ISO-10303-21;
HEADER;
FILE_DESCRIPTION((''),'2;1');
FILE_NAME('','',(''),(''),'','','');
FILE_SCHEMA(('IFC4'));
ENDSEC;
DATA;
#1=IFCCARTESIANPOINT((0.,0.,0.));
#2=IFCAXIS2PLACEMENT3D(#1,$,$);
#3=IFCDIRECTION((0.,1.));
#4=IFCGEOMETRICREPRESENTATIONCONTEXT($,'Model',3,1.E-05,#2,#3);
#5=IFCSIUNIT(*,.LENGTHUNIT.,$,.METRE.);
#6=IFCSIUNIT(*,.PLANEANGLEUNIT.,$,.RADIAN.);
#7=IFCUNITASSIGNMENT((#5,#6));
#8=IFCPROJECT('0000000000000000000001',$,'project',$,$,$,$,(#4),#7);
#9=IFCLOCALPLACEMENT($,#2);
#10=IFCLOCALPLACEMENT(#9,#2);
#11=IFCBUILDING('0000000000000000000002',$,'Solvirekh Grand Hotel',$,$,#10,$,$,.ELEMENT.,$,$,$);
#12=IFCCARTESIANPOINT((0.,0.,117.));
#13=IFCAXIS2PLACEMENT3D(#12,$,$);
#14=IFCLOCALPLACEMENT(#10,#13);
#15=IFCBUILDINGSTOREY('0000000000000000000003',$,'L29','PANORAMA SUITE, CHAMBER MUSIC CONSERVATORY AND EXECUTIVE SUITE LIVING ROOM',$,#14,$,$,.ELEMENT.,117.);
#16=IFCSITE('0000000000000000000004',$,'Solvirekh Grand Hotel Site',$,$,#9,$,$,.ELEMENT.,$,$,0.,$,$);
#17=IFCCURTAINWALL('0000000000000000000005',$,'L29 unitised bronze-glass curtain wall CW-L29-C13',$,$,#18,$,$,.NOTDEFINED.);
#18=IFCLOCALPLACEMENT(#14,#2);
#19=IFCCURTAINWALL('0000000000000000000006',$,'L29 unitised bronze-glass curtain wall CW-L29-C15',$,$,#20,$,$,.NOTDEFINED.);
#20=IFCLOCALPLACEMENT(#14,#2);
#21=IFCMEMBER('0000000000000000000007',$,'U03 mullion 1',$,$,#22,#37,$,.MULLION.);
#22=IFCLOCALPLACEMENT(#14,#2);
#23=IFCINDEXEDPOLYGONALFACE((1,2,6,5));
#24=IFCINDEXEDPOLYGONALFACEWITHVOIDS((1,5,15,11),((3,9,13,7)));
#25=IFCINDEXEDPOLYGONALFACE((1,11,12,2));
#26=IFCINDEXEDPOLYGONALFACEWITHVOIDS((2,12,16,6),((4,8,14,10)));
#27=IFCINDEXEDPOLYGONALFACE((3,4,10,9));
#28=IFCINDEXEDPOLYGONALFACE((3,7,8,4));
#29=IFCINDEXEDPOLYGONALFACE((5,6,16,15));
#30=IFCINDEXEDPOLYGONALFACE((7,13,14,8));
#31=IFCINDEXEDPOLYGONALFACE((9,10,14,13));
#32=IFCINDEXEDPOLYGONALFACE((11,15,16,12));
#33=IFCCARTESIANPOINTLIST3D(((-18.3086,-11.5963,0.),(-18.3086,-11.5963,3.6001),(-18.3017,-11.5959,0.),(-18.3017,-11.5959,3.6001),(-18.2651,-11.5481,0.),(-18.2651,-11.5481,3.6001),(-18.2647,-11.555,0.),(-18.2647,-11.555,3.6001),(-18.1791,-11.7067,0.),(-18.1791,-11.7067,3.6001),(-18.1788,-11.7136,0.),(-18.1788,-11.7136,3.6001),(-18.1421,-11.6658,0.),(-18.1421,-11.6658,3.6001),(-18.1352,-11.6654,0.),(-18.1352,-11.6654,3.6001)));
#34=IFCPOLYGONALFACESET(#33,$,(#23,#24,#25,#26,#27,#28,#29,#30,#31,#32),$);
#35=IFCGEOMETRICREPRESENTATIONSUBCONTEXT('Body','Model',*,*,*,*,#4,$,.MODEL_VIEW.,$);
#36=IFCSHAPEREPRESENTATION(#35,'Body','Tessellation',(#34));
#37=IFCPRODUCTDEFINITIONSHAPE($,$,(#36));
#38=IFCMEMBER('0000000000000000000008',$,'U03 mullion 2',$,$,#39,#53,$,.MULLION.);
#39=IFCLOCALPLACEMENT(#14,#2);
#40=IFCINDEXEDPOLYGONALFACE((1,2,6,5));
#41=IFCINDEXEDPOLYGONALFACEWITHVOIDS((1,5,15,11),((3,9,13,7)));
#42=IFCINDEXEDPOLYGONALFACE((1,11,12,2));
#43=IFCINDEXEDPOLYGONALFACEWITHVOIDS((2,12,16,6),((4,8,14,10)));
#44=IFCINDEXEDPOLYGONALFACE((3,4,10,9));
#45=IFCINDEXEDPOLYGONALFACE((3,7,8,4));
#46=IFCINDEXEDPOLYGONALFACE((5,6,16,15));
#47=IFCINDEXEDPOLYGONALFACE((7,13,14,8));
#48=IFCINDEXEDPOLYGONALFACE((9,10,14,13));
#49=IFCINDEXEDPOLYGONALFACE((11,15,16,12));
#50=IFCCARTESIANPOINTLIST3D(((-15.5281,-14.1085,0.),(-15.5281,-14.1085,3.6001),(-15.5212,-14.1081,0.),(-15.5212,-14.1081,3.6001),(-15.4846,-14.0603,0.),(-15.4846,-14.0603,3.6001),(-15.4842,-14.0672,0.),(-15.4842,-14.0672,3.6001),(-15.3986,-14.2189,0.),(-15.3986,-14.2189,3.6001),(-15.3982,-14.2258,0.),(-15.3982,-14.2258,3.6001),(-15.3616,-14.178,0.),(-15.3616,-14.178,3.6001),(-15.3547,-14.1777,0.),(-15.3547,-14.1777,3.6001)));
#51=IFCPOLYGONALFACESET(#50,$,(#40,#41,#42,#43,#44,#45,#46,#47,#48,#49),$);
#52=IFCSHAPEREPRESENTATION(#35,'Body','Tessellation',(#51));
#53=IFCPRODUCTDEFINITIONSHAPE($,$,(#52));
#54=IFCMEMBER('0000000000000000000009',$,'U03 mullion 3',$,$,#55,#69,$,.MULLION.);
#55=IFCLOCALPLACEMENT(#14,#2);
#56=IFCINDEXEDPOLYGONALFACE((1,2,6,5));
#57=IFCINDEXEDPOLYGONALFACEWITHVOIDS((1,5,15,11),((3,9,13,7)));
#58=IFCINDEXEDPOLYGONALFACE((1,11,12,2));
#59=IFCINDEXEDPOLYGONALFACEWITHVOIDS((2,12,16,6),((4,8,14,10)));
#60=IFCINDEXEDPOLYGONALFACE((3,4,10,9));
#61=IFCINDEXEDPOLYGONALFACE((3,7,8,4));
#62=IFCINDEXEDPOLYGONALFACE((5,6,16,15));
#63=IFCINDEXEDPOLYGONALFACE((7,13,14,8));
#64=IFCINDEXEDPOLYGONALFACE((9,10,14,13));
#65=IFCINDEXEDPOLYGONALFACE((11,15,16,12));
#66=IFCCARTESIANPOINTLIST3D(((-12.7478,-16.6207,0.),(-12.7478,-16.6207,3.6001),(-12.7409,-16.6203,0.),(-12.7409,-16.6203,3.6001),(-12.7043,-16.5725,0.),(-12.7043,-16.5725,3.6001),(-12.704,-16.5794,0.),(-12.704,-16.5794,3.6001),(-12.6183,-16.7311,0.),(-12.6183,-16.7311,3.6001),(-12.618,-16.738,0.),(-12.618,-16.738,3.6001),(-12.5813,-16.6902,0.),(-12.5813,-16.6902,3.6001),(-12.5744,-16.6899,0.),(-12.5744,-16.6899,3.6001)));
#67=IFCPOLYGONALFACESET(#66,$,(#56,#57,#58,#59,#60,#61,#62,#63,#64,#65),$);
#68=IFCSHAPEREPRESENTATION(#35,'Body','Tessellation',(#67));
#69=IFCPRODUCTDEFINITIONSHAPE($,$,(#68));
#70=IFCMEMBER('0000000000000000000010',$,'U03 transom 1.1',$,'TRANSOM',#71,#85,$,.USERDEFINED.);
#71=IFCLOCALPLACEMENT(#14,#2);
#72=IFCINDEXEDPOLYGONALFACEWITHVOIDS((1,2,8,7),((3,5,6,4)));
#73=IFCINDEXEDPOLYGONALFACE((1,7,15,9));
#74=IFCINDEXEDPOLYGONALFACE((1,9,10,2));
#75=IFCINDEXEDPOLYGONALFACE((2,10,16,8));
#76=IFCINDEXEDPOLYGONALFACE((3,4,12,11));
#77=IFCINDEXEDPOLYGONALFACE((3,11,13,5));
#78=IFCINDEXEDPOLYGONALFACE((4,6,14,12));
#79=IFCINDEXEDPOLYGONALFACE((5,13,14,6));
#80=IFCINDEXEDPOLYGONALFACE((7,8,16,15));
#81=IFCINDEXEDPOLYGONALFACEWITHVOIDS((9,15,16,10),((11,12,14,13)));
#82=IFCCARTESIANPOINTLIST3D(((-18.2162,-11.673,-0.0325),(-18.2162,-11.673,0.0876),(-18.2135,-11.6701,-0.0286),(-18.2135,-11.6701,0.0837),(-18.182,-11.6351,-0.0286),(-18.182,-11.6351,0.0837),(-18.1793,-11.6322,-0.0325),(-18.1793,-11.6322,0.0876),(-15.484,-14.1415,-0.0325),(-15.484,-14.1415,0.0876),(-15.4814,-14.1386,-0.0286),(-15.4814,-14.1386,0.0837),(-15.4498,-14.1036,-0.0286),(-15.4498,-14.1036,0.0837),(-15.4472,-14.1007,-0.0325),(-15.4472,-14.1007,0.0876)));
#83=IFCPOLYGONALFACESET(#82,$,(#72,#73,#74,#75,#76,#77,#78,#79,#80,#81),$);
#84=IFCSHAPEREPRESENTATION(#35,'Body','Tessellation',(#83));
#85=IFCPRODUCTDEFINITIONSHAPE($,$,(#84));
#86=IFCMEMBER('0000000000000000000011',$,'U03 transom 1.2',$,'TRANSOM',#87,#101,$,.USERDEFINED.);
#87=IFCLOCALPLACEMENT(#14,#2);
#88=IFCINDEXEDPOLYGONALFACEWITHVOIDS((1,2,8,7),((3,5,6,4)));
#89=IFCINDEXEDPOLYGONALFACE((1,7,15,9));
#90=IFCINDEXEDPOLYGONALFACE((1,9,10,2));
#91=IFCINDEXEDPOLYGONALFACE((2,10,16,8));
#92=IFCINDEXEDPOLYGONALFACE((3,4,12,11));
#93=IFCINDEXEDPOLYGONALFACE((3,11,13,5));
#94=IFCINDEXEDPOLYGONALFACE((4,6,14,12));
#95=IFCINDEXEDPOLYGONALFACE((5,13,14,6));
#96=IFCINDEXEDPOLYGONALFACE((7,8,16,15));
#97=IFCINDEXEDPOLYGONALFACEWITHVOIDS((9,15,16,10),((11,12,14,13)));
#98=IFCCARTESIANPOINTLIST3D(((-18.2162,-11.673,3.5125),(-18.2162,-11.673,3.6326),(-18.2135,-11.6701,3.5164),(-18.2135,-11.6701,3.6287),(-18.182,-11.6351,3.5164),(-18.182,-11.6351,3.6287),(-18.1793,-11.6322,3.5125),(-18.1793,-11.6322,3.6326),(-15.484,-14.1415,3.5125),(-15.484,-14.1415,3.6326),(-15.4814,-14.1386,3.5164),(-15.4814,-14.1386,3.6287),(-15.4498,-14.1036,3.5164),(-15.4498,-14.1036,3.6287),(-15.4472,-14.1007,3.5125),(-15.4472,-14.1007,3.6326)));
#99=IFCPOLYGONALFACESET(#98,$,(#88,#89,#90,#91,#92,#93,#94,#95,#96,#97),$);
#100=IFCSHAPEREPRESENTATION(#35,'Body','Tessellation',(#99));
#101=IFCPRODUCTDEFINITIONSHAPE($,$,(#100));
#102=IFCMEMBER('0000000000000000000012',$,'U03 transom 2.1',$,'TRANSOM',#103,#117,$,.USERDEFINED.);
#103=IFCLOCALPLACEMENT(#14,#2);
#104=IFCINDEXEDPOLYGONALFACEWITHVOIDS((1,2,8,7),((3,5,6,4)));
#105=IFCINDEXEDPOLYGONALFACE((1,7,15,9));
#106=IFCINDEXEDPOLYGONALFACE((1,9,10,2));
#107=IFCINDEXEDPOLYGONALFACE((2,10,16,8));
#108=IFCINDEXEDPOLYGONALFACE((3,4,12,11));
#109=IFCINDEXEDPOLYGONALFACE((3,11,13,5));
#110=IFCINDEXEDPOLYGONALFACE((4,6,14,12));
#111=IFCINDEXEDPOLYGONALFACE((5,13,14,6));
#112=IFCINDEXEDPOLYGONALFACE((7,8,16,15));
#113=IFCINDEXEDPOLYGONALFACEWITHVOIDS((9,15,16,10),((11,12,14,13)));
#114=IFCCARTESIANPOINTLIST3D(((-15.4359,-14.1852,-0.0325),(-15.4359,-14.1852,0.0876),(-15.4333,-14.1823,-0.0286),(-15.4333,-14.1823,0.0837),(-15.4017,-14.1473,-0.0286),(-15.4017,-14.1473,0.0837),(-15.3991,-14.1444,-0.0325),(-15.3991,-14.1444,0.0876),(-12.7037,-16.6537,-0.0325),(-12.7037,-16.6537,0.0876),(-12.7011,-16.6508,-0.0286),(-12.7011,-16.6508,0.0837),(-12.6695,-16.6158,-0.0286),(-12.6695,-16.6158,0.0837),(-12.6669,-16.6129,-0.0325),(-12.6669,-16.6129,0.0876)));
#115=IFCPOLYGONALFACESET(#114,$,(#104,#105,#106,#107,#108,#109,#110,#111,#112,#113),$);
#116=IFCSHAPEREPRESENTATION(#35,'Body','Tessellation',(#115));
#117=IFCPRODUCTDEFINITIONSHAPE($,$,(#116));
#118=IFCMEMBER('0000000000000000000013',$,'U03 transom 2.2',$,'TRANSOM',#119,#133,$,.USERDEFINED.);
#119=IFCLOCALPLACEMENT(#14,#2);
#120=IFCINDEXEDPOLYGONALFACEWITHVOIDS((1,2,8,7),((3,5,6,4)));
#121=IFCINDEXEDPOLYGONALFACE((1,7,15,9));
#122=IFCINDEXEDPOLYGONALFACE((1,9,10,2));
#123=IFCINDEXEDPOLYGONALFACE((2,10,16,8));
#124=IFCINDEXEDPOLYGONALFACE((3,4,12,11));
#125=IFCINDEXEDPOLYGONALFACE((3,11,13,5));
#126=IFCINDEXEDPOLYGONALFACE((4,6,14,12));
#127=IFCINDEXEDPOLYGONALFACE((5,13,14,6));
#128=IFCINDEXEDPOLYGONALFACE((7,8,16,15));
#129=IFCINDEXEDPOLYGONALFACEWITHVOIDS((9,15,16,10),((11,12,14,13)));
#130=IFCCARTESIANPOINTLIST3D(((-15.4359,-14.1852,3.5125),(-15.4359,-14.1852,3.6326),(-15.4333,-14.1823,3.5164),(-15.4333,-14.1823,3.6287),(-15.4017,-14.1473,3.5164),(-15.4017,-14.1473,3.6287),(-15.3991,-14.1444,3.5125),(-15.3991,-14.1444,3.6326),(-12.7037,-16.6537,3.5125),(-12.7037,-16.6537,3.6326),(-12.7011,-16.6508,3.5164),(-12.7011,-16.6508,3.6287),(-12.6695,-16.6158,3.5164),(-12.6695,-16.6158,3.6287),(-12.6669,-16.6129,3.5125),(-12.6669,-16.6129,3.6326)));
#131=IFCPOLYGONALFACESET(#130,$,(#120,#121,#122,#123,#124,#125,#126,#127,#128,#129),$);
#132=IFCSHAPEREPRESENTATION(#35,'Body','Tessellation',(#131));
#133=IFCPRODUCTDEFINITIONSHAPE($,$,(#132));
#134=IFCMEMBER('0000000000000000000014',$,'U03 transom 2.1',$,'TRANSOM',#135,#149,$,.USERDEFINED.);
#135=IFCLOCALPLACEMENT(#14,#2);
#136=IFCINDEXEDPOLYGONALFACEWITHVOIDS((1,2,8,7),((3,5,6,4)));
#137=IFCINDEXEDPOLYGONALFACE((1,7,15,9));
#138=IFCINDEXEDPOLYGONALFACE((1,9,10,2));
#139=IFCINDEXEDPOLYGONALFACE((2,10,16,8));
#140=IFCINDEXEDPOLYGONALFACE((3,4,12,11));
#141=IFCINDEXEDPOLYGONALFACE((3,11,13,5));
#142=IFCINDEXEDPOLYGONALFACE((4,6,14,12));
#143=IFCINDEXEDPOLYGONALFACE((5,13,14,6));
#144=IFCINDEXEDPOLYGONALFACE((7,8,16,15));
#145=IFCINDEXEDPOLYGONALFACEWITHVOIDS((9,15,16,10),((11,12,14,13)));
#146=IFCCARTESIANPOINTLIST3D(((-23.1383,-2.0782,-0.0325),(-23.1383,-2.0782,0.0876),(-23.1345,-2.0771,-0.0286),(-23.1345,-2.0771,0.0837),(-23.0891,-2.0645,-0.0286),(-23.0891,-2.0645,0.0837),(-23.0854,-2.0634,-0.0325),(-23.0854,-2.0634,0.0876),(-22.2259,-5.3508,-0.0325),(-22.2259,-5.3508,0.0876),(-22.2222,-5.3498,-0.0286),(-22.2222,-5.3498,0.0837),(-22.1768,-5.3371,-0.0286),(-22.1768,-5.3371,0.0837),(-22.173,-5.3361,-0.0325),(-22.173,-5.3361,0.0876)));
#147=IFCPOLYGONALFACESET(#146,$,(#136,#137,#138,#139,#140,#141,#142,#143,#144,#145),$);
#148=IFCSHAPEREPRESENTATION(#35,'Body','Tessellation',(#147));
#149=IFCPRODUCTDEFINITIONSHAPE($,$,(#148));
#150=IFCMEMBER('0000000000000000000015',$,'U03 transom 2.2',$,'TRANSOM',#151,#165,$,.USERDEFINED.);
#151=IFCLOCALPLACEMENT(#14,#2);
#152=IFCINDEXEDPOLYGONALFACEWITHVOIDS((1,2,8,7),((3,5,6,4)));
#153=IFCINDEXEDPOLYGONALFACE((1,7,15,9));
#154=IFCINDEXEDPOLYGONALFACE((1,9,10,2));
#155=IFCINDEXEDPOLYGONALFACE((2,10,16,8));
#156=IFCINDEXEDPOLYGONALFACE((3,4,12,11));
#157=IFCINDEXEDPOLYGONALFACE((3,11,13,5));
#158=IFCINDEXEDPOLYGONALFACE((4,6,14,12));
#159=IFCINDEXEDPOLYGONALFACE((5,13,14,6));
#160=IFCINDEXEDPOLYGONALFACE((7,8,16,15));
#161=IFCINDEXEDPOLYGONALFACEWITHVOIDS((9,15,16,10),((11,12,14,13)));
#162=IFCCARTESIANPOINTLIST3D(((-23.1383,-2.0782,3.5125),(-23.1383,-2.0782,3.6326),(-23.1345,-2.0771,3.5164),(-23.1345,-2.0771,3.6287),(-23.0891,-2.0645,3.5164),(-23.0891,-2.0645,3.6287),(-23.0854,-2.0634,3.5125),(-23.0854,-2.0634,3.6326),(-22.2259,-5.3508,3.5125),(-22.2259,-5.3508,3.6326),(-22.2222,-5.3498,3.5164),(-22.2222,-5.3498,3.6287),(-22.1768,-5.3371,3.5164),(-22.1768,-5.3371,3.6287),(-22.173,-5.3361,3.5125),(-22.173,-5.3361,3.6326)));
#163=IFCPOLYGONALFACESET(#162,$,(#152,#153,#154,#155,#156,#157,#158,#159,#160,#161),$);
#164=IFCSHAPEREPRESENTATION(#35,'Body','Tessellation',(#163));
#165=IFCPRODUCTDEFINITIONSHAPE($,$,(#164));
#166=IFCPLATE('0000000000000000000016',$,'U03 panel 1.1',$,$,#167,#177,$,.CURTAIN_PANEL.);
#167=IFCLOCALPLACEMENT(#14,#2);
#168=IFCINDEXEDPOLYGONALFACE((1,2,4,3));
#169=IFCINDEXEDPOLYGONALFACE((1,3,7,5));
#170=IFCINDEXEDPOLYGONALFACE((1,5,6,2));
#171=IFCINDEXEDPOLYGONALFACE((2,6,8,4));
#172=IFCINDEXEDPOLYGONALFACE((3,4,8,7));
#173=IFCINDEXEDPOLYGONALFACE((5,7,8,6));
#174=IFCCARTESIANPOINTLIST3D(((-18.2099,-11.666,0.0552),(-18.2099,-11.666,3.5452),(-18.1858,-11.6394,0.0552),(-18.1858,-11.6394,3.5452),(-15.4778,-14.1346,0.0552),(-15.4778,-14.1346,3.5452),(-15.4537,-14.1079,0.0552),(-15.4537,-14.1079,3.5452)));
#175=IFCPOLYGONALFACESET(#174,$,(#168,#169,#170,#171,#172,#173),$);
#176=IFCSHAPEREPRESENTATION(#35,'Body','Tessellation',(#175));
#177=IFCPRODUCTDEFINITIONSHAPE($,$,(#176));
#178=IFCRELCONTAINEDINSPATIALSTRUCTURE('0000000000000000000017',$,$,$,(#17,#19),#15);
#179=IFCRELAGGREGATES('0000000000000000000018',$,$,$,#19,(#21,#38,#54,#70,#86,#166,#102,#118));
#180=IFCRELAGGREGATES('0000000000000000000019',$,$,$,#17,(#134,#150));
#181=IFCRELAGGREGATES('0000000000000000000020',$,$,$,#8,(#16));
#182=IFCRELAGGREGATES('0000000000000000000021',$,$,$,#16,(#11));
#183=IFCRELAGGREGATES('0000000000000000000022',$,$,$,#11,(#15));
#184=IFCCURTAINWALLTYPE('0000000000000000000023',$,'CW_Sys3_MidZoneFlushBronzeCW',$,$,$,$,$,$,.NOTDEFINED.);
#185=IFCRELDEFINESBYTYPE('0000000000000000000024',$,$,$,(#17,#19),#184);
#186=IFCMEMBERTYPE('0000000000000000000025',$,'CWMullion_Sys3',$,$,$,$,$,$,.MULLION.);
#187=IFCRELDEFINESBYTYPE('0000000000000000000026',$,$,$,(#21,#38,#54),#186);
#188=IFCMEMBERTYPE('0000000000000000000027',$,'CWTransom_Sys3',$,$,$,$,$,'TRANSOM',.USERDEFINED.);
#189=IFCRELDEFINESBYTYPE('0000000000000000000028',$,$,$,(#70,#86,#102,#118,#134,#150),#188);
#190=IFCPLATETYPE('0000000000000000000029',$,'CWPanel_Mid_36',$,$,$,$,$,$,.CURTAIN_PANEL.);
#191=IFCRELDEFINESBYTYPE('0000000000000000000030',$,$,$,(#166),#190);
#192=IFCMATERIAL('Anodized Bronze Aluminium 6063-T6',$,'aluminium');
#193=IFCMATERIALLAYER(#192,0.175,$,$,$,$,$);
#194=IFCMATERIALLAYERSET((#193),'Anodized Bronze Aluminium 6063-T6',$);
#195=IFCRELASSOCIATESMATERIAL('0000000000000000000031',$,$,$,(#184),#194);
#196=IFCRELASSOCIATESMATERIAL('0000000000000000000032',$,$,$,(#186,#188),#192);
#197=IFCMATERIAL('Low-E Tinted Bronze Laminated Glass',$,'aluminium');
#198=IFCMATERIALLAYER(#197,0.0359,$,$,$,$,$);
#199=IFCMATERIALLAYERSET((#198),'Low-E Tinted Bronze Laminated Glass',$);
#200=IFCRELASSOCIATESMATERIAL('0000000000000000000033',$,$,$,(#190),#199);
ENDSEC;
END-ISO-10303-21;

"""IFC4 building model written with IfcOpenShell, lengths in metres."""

from ifc_helpers import new_model, si_unit, direction, frame, origin, origin_2d, place, context, subcontext, project, spatial, rectangle, hollow_rectangle, extrude, source, transform, mapped, material, layer, layer_set, material_profile, profile_set, type_object, element, aggregate, save


model = new_model("IFC4")

# Units and contexts
model_context = context("Model", 3, precision=1e-05, world=origin(), true_north=direction((0.0, 1.0)))
body_context = subcontext(model_context, "Body", "Model", "MODEL_VIEW")
ifc_project = project(units=[si_unit("LENGTHUNIT", "METRE"), si_unit("PLANEANGLEUNIT", "RADIAN")], contexts=[model_context])

# Site, building, storey
site_placement = place(None, origin())
site = spatial("IfcSite", under=ifc_project, at=site_placement, Name="Solvirekh Grand Hotel Site", CompositionType="ELEMENT", RefElevation=0.0)
building_placement = place(site_placement, origin())
building = spatial("IfcBuilding", under=site, at=building_placement, Name="Solvirekh Grand Hotel", CompositionType="ELEMENT")
storey_placement = place(building_placement, frame((0.0, 0.0, 117.0)))
storey = spatial("IfcBuildingStorey", under=building, at=storey_placement, Name="L29", Description="PANORAMA SUITE, CHAMBER MUSIC CONSERVATORY AND EXECUTIVE SUITE LIVING ROOM", CompositionType="ELEMENT", Elevation=117.0)

# Curtain walls, members
ifc_material_1 = material(Name="Anodized Bronze Aluminium 6063-T6", Category="aluminium")
ifc_layer_1 = layer(ifc_material_1, 0.175)
ifc_layer_set_1 = layer_set([ifc_layer_1], Name="Anodized Bronze Aluminium 6063-T6")
curtain_wall_type = type_object("IfcCurtainWallType", Name="CW_Sys3_MidZoneFlushBronzeCW", PredefinedType="NOTDEFINED", material=ifc_layer_set_1)
curtain_wall_1_placement = place(storey_placement, origin())
curtain_wall_1 = element("IfcCurtainWall", 1, at=curtain_wall_1_placement, inside=storey, type_object=curtain_wall_type, Name="L29 unitised bronze-glass curtain wall CW-L29-C13", PredefinedType="NOTDEFINED")
ifc_material_profile_1 = material_profile(ifc_material_1, hollow_rectangle(XDim=0.0649, YDim=0.175, WallThickness=0.0049, at=origin_2d()), Name="ALU RHS 175X65X5")
ifc_profile_set_1 = profile_set([ifc_material_profile_1], Name="Anodized Bronze Aluminium 6063-T6")
member_type_1 = type_object("IfcMemberType", Name="CWMullion_Sys3", PredefinedType="MULLION", material=ifc_profile_set_1)
shared_shape_1 = source(origin(), body_context, "Body", "SweptSolid", [
    extrude(hollow_rectangle(XDim=0.0649, YDim=0.175, WallThickness=0.0049, at=origin_2d()), origin(), (0.0, 0.0, 1.0), 3.6001),
])
curtain_wall_2_placement = place(storey_placement, origin())
curtain_wall_2 = element("IfcCurtainWall", 2, at=curtain_wall_2_placement, inside=storey, type_object=curtain_wall_type, Name="L29 unitised bronze-glass curtain wall CW-L29-C15", PredefinedType="NOTDEFINED")
member_1_placement = place(storey_placement, frame((-18.2219, -11.6309, 0.0), z_axis=(0.0, 0.0, 1.0), x_axis=(0.670418, 0.741984, 0.0)))
member_1 = element("IfcMember", 3, at=member_1_placement, type_object=member_type_1, Name="U03 mullion 1", PredefinedType="MULLION", context=body_context, shape_type="MappedRepresentation", body=[
    mapped(shared_shape_1, transform((0.0, 0.0, 0.0), x_axis=(1.0, 0.0, 0.0), y_axis=(0.0, 1.0, 0.0), z_axis=(0.0, 0.0, 1.0), scale=1.0)),
])
member_2_placement = place(storey_placement, frame((-15.4414, -14.1431, 0.0), z_axis=(0.0, 0.0, 1.0), x_axis=(0.670418, 0.741984, 0.0)))
member_2 = element("IfcMember", 4, at=member_2_placement, type_object=member_type_1, Name="U03 mullion 2", PredefinedType="MULLION", context=body_context, shape_type="MappedRepresentation", body=[
    mapped(shared_shape_1, transform((0.0, 0.0, 0.0), x_axis=(1.0, 0.0, 0.0), y_axis=(0.0, 1.0, 0.0), z_axis=(0.0, 0.0, 1.0), scale=1.0)),
])
member_3_placement = place(storey_placement, frame((-12.6611, -16.6553, 0.0), z_axis=(0.0, 0.0, 1.0), x_axis=(0.670418, 0.741984, 0.0)))
member_3 = element("IfcMember", 5, at=member_3_placement, type_object=member_type_1, Name="U03 mullion 3", PredefinedType="MULLION", context=body_context, shape_type="MappedRepresentation", body=[
    mapped(shared_shape_1, transform((0.0, 0.0, 0.0), x_axis=(1.0, 0.0, 0.0), y_axis=(0.0, 1.0, 0.0), z_axis=(0.0, 0.0, 1.0), scale=1.0)),
])
ifc_material_profile_2 = material_profile(ifc_material_1, hollow_rectangle(XDim=0.0549, YDim=0.1201, WallThickness=0.0039, at=origin_2d()), Name="ALU RHS 120X55X4")
ifc_profile_set_2 = profile_set([ifc_material_profile_2], Name="Anodized Bronze Aluminium 6063-T6")
member_type_2 = type_object("IfcMemberType", Name="CWTransom_Sys3", ElementType="TRANSOM", PredefinedType="USERDEFINED", material=ifc_profile_set_2)
shared_shape_2 = source(origin(), body_context, "Body", "SweptSolid", [
    extrude(hollow_rectangle(XDim=0.0549, YDim=0.1201, WallThickness=0.0039, at=origin_2d()), origin(), (0.0, 0.0, 1.0), 3.6821),
])
member_4_placement = place(storey_placement, frame((-18.1978, -11.6526, 0.0276), z_axis=(0.742004, -0.670396, 0.0), x_axis=(0.670396, 0.742004, 0.0)))
member_4 = element("IfcMember", 6, at=member_4_placement, type_object=member_type_2, Name="U03 transom 1.1", ObjectType="TRANSOM", PredefinedType="USERDEFINED", context=body_context, shape_type="MappedRepresentation", body=[
    mapped(shared_shape_2, transform((0.0, 0.0, 0.0), x_axis=(1.0, 0.0, 0.0), y_axis=(0.0, 1.0, 0.0), z_axis=(0.0, 0.0, 1.0), scale=1.0)),
])
member_5_placement = place(storey_placement, frame((-18.1978, -11.6526, 3.5725), z_axis=(0.742004, -0.670396, 0.0), x_axis=(0.670396, 0.742004, 0.0)))
member_5 = element("IfcMember", 7, at=member_5_placement, type_object=member_type_2, Name="U03 transom 1.2", ObjectType="TRANSOM", PredefinedType="USERDEFINED", context=body_context, shape_type="MappedRepresentation", body=[
    mapped(shared_shape_2, transform((0.0, 0.0, 0.0), x_axis=(1.0, 0.0, 0.0), y_axis=(0.0, 1.0, 0.0), z_axis=(0.0, 0.0, 1.0), scale=1.0)),
])
member_6_placement = place(storey_placement, frame((-15.4175, -14.1648, 0.0276), z_axis=(0.742004, -0.670396, 0.0), x_axis=(0.670396, 0.742004, 0.0)))
member_6 = element("IfcMember", 8, at=member_6_placement, type_object=member_type_2, Name="U03 transom 2.1", ObjectType="TRANSOM", PredefinedType="USERDEFINED", context=body_context, shape_type="MappedRepresentation", body=[
    mapped(shared_shape_2, transform((0.0, 0.0, 0.0), x_axis=(1.0, 0.0, 0.0), y_axis=(0.0, 1.0, 0.0), z_axis=(0.0, 0.0, 1.0), scale=1.0)),
])
member_7_placement = place(storey_placement, frame((-15.4175, -14.1648, 3.5725), z_axis=(0.742004, -0.670396, 0.0), x_axis=(0.670396, 0.742004, 0.0)))
member_7 = element("IfcMember", 9, at=member_7_placement, type_object=member_type_2, Name="U03 transom 2.2", ObjectType="TRANSOM", PredefinedType="USERDEFINED", context=body_context, shape_type="MappedRepresentation", body=[
    mapped(shared_shape_2, transform((0.0, 0.0, 0.0), x_axis=(1.0, 0.0, 0.0), y_axis=(0.0, 1.0, 0.0), z_axis=(0.0, 0.0, 1.0), scale=1.0)),
])

# Members
shared_shape_3 = source(origin(), body_context, "Body", "SweptSolid", [
    extrude(hollow_rectangle(XDim=0.0549, YDim=0.1201, WallThickness=0.0039, at=origin_2d()), origin(), (0.0, 0.0, 1.0), 3.3975),
])
member_8_placement = place(storey_placement, frame((-23.1118, -2.0708, 0.0276), z_axis=(0.268537, -0.963269, 0.0), x_axis=(0.963269, 0.268537, 0.0)))
member_8 = element("IfcMember", 10, at=member_8_placement, type_object=member_type_2, Name="U03 transom 2.1", ObjectType="TRANSOM", PredefinedType="USERDEFINED", context=body_context, shape_type="MappedRepresentation", body=[
    mapped(shared_shape_3, transform((0.0, 0.0, 0.0), x_axis=(1.0, 0.0, 0.0), y_axis=(0.0, 1.0, 0.0), z_axis=(0.0, 0.0, 1.0), scale=1.0)),
])
member_9_placement = place(storey_placement, frame((-23.1118, -2.0708, 3.5725), z_axis=(0.268537, -0.963269, 0.0), x_axis=(0.963269, 0.268537, 0.0)))
member_9 = element("IfcMember", 11, at=member_9_placement, type_object=member_type_2, Name="U03 transom 2.2", ObjectType="TRANSOM", PredefinedType="USERDEFINED", context=body_context, shape_type="MappedRepresentation", body=[
    mapped(shared_shape_3, transform((0.0, 0.0, 0.0), x_axis=(1.0, 0.0, 0.0), y_axis=(0.0, 1.0, 0.0), z_axis=(0.0, 0.0, 1.0), scale=1.0)),
])

# Plate
ifc_material_2 = material(Name="Low-E Tinted Bronze Laminated Glass", Category="aluminium")
ifc_layer_2 = layer(ifc_material_2, 0.0359)
ifc_layer_set_2 = layer_set([ifc_layer_2], Name="Low-E Tinted Bronze Laminated Glass")
plate_type = type_object("IfcPlateType", Name="CWPanel_Mid_36", PredefinedType="CURTAIN_PANEL", material=ifc_layer_set_2)
shared_shape_4 = source(origin(), body_context, "Body", "SweptSolid", [
    extrude(rectangle(XDim=3.6821, YDim=0.0359, at=origin_2d()), origin(), (0.0, 0.0, 1.0), 3.49),
])
plate_1_placement = place(storey_placement, frame((-16.8318, -12.887, 0.0552), z_axis=(0.0, 0.0, 1.0), x_axis=(0.741984, -0.670418, 0.0)))
plate_1 = element("IfcPlate", 12, at=plate_1_placement, type_object=plate_type, Name="U03 panel 1.1", PredefinedType="CURTAIN_PANEL", context=body_context, shape_type="MappedRepresentation", body=[
    mapped(shared_shape_4, transform((0.0, 0.0, 0.0), x_axis=(1.0, 0.0, 0.0), y_axis=(0.0, 1.0, 0.0), z_axis=(0.0, 0.0, 1.0), scale=1.0)),
])
aggregate(curtain_wall_2, [member_1, member_2, member_3, member_4, member_5, plate_1, member_6, member_7])
aggregate(curtain_wall_1, [member_8, member_9])

save(model, "model.ifc")
